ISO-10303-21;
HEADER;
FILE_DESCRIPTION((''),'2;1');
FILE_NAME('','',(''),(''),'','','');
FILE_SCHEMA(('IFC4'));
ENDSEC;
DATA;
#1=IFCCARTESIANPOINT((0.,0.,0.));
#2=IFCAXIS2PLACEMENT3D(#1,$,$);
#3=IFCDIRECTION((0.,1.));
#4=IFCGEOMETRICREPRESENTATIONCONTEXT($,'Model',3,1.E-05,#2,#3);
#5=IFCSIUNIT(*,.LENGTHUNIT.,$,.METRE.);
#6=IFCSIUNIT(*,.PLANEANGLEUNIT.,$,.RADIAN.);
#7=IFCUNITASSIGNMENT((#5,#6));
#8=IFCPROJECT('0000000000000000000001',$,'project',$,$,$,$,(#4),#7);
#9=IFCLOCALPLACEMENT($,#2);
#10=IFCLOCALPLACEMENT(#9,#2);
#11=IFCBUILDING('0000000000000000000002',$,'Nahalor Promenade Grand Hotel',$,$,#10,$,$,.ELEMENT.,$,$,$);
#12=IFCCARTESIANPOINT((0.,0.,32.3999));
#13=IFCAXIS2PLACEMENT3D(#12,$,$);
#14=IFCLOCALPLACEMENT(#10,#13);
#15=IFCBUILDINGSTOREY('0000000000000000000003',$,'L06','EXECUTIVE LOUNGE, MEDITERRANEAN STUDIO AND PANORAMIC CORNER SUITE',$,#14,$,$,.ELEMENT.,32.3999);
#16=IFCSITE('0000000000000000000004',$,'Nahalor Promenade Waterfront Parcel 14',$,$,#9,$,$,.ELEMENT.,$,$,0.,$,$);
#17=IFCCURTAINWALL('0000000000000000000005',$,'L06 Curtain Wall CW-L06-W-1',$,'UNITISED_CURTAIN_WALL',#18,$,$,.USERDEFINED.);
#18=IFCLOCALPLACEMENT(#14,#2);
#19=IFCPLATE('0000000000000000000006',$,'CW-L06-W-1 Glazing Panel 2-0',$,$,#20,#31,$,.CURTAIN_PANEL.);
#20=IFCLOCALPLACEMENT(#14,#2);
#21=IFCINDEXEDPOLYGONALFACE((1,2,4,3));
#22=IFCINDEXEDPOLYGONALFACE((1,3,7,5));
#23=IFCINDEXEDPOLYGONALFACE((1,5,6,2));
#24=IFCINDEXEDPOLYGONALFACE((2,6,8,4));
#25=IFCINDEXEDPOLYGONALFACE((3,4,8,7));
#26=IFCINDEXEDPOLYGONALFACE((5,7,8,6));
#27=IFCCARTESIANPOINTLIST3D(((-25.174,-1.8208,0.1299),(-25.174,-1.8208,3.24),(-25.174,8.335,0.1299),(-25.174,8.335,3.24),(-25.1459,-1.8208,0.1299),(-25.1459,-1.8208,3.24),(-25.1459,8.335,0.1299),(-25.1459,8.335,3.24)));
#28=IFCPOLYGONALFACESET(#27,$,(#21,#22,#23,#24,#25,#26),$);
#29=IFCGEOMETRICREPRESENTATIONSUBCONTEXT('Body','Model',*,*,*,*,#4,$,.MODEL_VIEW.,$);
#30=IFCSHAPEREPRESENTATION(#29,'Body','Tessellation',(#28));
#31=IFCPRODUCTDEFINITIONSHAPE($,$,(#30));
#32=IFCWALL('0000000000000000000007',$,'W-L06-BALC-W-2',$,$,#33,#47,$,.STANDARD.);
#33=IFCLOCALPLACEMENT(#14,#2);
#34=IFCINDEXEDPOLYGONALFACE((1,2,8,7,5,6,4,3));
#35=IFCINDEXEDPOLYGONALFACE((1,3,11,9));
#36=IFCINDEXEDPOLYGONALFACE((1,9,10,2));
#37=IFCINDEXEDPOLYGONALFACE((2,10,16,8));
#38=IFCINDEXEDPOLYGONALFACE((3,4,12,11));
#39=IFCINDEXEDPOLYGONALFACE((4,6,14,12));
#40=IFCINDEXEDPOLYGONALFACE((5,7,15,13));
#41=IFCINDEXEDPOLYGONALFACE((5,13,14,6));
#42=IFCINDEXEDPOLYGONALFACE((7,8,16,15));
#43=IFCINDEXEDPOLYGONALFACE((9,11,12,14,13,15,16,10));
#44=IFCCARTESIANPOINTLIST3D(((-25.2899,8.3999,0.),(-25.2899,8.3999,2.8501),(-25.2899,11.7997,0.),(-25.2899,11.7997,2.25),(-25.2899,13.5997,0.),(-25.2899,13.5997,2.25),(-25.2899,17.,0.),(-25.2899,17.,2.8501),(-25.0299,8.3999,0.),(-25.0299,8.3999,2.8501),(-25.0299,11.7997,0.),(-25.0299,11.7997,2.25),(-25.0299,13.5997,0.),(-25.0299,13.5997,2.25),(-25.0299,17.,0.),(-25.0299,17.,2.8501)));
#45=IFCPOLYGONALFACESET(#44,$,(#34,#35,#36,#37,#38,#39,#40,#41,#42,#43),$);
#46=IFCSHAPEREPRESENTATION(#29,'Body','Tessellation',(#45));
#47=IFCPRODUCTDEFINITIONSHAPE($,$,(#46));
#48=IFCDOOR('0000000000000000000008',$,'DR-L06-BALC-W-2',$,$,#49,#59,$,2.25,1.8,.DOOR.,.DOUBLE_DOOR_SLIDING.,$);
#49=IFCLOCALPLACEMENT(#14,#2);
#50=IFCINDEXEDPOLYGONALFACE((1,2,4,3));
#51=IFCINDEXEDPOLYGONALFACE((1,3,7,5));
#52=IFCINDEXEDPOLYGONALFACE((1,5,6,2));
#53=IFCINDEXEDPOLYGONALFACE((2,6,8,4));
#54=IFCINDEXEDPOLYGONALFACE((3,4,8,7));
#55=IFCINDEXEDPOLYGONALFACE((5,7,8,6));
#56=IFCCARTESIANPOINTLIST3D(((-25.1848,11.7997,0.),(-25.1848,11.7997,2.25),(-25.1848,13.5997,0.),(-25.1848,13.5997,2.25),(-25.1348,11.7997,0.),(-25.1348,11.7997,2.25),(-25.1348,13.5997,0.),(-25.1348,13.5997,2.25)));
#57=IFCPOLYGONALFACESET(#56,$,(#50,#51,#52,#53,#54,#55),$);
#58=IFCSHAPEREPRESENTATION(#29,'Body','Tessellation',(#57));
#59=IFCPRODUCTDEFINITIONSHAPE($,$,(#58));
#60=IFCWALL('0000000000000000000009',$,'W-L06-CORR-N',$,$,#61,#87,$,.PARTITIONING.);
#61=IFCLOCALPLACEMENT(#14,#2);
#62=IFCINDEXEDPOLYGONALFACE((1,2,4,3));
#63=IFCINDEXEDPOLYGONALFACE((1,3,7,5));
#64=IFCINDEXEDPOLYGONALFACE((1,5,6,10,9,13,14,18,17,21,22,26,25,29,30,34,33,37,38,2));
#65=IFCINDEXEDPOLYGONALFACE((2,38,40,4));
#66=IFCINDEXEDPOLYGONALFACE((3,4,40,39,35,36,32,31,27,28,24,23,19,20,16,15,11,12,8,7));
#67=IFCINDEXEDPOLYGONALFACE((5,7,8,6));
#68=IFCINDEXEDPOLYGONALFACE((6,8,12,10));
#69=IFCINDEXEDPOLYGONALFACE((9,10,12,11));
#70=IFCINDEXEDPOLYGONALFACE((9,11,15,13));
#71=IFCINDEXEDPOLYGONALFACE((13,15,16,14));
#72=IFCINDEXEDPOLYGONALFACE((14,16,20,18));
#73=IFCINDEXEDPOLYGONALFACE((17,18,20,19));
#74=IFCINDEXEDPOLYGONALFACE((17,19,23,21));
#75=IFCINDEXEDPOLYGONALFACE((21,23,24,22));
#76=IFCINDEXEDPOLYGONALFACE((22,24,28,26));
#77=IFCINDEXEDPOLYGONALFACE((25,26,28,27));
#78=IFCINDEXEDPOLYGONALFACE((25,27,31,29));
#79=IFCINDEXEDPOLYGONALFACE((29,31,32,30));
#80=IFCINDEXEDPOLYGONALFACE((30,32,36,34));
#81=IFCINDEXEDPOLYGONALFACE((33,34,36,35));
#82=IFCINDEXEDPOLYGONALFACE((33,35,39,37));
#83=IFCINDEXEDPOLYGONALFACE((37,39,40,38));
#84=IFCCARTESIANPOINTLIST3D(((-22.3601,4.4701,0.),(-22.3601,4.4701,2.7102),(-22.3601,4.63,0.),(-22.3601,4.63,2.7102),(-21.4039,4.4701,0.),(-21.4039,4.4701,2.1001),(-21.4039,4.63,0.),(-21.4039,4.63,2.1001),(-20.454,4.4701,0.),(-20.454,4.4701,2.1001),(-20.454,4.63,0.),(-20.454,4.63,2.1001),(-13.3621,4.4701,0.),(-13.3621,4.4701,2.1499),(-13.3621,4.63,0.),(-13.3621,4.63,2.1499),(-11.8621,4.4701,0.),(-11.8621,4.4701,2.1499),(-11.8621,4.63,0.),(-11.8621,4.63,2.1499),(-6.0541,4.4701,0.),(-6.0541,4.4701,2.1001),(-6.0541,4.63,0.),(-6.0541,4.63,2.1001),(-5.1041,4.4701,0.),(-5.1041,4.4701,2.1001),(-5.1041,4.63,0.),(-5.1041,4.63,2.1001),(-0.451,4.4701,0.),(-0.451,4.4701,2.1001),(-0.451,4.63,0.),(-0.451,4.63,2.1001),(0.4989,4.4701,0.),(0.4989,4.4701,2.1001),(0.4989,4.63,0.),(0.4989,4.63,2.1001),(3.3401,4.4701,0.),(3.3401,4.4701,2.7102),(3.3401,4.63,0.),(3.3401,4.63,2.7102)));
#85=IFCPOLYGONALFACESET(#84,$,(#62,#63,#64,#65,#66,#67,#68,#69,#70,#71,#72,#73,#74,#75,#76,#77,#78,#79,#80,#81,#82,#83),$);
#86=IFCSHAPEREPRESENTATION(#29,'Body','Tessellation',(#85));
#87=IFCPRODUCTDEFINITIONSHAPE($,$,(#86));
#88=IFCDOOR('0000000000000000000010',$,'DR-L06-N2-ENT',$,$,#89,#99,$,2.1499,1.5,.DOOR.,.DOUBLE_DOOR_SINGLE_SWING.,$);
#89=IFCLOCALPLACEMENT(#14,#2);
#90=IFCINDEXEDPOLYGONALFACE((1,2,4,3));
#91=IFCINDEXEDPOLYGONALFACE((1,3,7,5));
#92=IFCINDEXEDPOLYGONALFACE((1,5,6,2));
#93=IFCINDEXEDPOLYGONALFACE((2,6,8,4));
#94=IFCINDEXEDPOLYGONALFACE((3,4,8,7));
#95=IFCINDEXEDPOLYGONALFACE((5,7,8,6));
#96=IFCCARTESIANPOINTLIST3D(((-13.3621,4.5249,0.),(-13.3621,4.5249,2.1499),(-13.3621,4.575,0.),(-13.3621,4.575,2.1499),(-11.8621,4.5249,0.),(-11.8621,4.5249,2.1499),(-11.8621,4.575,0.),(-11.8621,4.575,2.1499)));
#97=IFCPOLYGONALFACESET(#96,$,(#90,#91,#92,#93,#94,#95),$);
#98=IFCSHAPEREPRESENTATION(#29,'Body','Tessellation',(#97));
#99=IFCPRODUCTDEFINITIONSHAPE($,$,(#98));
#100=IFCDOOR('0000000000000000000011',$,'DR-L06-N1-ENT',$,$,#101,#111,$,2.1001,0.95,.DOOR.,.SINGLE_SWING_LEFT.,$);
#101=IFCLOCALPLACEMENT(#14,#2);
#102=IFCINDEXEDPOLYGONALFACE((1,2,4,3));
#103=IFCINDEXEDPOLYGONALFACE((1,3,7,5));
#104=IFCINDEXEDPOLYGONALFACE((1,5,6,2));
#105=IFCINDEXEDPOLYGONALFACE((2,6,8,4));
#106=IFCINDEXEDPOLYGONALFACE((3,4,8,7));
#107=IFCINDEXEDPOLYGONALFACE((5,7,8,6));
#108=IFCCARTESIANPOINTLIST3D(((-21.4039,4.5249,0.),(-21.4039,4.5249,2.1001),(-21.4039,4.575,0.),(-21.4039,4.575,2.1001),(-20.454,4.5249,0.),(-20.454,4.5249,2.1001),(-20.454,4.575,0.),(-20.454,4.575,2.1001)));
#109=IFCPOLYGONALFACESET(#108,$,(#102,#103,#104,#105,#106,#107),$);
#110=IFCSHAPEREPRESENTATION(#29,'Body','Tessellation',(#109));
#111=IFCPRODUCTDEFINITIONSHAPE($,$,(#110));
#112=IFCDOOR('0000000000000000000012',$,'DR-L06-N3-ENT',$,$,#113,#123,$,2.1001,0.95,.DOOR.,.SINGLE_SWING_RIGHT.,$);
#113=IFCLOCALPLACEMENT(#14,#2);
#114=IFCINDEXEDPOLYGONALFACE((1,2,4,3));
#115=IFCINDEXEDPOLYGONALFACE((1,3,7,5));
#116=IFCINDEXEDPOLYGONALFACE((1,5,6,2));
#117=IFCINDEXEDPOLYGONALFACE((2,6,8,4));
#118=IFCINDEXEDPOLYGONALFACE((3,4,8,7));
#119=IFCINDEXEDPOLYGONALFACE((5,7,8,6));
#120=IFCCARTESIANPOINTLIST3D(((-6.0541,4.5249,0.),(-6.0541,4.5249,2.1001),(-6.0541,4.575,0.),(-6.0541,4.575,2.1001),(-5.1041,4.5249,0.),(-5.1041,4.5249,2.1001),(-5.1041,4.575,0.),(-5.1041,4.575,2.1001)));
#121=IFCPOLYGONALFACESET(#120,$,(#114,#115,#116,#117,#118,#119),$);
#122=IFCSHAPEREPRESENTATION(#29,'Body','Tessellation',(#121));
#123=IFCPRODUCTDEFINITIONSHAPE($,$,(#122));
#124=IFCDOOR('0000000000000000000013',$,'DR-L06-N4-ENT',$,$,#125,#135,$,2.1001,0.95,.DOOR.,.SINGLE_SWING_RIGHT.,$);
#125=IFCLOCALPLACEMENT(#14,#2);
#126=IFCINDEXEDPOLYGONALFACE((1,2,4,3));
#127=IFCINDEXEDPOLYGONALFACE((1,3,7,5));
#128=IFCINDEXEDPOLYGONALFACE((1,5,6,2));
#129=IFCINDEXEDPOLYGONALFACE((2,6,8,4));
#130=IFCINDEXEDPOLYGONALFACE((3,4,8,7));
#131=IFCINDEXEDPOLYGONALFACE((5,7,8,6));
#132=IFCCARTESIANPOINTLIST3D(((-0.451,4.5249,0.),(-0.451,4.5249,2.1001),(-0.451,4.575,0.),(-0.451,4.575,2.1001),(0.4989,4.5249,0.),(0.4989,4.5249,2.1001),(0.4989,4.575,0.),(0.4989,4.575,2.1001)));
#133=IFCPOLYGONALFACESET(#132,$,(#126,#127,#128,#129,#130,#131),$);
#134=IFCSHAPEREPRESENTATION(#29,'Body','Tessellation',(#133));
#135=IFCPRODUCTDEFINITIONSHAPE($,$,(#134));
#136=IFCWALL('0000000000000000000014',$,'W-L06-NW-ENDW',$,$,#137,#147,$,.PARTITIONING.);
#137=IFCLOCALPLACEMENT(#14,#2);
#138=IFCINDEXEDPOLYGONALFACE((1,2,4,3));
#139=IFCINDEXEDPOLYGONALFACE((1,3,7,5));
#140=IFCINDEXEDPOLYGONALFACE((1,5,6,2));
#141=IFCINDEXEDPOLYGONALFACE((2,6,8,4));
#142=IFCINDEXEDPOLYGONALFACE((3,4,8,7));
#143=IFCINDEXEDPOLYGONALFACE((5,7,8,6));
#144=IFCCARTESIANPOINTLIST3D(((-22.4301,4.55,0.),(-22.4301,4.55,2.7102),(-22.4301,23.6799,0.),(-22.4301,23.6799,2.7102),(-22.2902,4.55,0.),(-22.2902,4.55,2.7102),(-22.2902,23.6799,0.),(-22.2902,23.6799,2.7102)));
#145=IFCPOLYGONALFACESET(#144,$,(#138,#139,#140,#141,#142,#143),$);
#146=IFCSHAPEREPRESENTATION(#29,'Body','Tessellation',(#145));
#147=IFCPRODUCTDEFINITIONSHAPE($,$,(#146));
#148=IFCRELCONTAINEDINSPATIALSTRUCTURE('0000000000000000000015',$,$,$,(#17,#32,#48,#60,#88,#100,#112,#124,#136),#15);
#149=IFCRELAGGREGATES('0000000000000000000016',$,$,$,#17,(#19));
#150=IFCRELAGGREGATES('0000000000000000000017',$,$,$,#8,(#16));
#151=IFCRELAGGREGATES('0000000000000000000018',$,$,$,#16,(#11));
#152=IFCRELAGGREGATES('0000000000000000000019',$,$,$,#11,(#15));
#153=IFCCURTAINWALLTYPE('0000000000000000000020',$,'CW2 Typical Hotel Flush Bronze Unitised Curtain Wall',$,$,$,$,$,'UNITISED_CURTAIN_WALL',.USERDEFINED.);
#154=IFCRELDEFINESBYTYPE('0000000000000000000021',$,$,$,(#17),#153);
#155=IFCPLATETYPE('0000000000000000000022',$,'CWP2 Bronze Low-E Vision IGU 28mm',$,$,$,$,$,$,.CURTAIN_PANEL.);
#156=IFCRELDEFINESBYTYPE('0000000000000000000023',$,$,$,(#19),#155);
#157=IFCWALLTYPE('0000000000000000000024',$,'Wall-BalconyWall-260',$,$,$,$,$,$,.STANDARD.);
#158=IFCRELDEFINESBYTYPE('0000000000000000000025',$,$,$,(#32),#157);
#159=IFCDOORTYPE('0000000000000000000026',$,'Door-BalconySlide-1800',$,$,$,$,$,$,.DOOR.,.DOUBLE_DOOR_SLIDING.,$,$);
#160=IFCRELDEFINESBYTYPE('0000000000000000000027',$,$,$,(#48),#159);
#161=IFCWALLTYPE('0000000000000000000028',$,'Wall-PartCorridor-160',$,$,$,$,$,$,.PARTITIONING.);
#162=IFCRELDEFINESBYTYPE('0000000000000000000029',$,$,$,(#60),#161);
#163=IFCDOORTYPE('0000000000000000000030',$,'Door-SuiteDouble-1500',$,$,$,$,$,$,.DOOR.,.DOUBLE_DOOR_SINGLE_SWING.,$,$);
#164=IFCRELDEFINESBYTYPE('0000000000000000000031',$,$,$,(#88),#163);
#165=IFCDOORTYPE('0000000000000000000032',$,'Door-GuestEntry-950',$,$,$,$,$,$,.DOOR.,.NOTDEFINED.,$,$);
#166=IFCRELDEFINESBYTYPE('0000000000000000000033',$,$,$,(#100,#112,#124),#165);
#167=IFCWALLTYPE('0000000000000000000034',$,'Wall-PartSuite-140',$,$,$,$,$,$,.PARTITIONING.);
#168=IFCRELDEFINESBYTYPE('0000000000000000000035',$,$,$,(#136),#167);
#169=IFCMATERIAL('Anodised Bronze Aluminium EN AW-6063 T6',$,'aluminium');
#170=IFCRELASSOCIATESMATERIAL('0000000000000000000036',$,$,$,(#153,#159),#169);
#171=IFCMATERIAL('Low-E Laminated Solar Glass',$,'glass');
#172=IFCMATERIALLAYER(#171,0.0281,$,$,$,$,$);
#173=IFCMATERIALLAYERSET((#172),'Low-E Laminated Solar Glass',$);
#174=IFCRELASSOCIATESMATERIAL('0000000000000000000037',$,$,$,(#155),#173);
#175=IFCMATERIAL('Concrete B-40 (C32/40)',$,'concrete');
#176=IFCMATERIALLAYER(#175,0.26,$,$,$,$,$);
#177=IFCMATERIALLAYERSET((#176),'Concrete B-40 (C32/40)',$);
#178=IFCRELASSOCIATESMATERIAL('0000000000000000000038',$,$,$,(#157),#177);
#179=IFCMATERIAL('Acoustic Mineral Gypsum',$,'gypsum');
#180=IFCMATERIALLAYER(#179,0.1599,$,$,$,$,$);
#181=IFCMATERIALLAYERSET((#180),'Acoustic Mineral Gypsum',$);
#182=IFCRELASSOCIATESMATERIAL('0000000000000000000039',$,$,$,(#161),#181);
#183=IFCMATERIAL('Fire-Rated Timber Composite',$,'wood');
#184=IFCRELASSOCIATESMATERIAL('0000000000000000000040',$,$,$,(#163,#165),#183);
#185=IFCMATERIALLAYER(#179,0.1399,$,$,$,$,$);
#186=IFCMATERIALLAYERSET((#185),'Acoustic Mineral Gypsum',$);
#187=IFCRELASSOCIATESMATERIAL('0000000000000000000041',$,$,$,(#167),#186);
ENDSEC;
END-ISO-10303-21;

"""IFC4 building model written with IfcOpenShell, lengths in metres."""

from ifc_helpers import new_model, si_unit, direction, frame, frame_2d, origin, origin_2d, place, context, subcontext, project, spatial, rectangle, extrude, source, transform, mapped, material, layer, layer_set, type_object, element, fill, aggregate, save


model = new_model("IFC4")

# Units and contexts
model_context = context("Model", 3, precision=1e-05, world=origin(), true_north=direction((0.0, 1.0)))
body_context = subcontext(model_context, "Body", "Model", "MODEL_VIEW")
ifc_project = project(units=[si_unit("LENGTHUNIT", "METRE"), si_unit("PLANEANGLEUNIT", "RADIAN")], contexts=[model_context])

# Site, building, storey
site_placement = place(None, origin())
site = spatial("IfcSite", under=ifc_project, at=site_placement, Name="Nahalor Promenade Waterfront Parcel 14", CompositionType="ELEMENT", RefElevation=0.0)
building_placement = place(site_placement, origin())
building = spatial("IfcBuilding", under=site, at=building_placement, Name="Nahalor Promenade Grand Hotel", CompositionType="ELEMENT")
storey_placement = place(building_placement, frame((0.0, 0.0, 32.3999)))
storey = spatial("IfcBuildingStorey", under=building, at=storey_placement, Name="L06", Description="EXECUTIVE LOUNGE, MEDITERRANEAN STUDIO AND PANORAMIC CORNER SUITE", CompositionType="ELEMENT", Elevation=32.3999)

# Curtain wall, plate
ifc_material_1 = material(Name="Anodised Bronze Aluminium EN AW-6063 T6", Category="aluminium")
curtain_wall_type = type_object("IfcCurtainWallType", Name="CW2 Typical Hotel Flush Bronze Unitised Curtain Wall", ElementType="UNITISED_CURTAIN_WALL", PredefinedType="USERDEFINED", material=ifc_material_1)
curtain_wall_placement = place(storey_placement, origin())
curtain_wall = element("IfcCurtainWall", 1, at=curtain_wall_placement, inside=storey, type_object=curtain_wall_type, Name="L06 Curtain Wall CW-L06-W-1", ObjectType="UNITISED_CURTAIN_WALL", PredefinedType="USERDEFINED")
ifc_material_2 = material(Name="Low-E Laminated Solar Glass", Category="glass")
ifc_layer_1 = layer(ifc_material_2, 0.0281)
ifc_layer_set_1 = layer_set([ifc_layer_1], Name="Low-E Laminated Solar Glass")
plate_type = type_object("IfcPlateType", Name="CWP2 Bronze Low-E Vision IGU 28mm", PredefinedType="CURTAIN_PANEL", material=ifc_layer_set_1)
shared_shape_1 = source(origin(), body_context, "Body", "SweptSolid", [
    extrude(rectangle(XDim=10.1558, YDim=0.0281, at=origin_2d()), origin(), (0.0, 0.0, 1.0), 3.1101),
])
plate_placement = place(storey_placement, frame((-25.1599, 3.2571, 0.1299), z_axis=(0.0, 0.0, 1.0), x_axis=(0.0, 1.0, 0.0)))
plate = element("IfcPlate", 2, at=plate_placement, type_object=plate_type, Name="CW-L06-W-1 Glazing Panel 2-0", PredefinedType="CURTAIN_PANEL", context=body_context, shape_type="MappedRepresentation", body=[
    mapped(shared_shape_1, transform((0.0, 0.0, 0.0), scale=1.0)),
])
aggregate(curtain_wall, [plate])

# Wall, opening, door
ifc_material_3 = material(Name="Concrete B-40 (C32/40)", Category="concrete")
ifc_layer_2 = layer(ifc_material_3, 0.26)
ifc_layer_set_2 = layer_set([ifc_layer_2], Name="Concrete B-40 (C32/40)")
wall_type_1 = type_object("IfcWallType", Name="Wall-BalconyWall-260", PredefinedType="STANDARD", material=ifc_layer_set_2)
shared_shape_2 = source(origin(), body_context, "Body", "SweptSolid", [
    extrude(rectangle(XDim=8.6001, YDim=0.26, at=frame_2d((4.3, 0.0))), origin(), (0.0, 0.0, 1.0), 2.8501),
])
wall_1_placement = place(storey_placement, frame((-25.1599, 8.3999, 0.0), z_axis=(0.0, 0.0, 1.0), x_axis=(0.0, 1.0, 0.0)))
wall_1 = element("IfcWall", 3, at=wall_1_placement, inside=storey, type_object=wall_type_1, Name="W-L06-BALC-W-2", PredefinedType="STANDARD", context=body_context, shape_type="MappedRepresentation", body=[
    mapped(shared_shape_2, transform((0.0, 0.0, 0.0), scale=1.0)),
])
opening_1_placement = place(wall_1_placement, frame((3.3999, 0.0, 0.0)))
opening_1 = element("IfcOpeningElement", 4, at=opening_1_placement, cuts=wall_1, PredefinedType="OPENING", context=body_context, shape_type="SweptSolid", body=[
    extrude(rectangle(XDim=1.8, YDim=2.25, at=frame_2d((0.8999, 1.125))), frame((0.0, 0.1399, 0.0), z_axis=(0.0, -1.0, 0.0), x_axis=(1.0, 0.0, 0.0)), (0.0, 0.0, 1.0), 0.28),
])
door_type_1 = type_object("IfcDoorType", Name="Door-BalconySlide-1800", OperationType="DOUBLE_DOOR_SLIDING", PredefinedType="DOOR", material=ifc_material_1)
shared_shape_3 = source(origin(), body_context, "Body", "SweptSolid", [
    extrude(rectangle(XDim=1.8, YDim=2.25, at=frame_2d((0.8999, 1.125))), frame((0.0, 0.0249, 0.0), z_axis=(0.0, -1.0, 0.0), x_axis=(1.0, 0.0, 0.0)), (0.0, 0.0, 1.0), 0.05),
])
door_1_placement = place(opening_1_placement, origin())
door_1 = element("IfcDoor", 5, at=door_1_placement, inside=storey, type_object=door_type_1, Name="DR-L06-BALC-W-2", OperationType="DOUBLE_DOOR_SLIDING", OverallHeight=2.25, OverallWidth=1.8, PredefinedType="DOOR", context=body_context, shape_type="MappedRepresentation", body=[
    mapped(shared_shape_3, transform((0.0, 0.0, 0.0), scale=1.0)),
])
fill(opening_1, door_1)

# Wall, openings, doors
ifc_material_4 = material(Name="Acoustic Mineral Gypsum", Category="gypsum")
ifc_layer_3 = layer(ifc_material_4, 0.1599)
ifc_layer_set_3 = layer_set([ifc_layer_3], Name="Acoustic Mineral Gypsum")
wall_type_2 = type_object("IfcWallType", Name="Wall-PartCorridor-160", PredefinedType="PARTITIONING", material=ifc_layer_set_3)
shared_shape_4 = source(origin(), body_context, "Body", "SweptSolid", [
    extrude(rectangle(XDim=25.7002, YDim=0.1599, at=frame_2d((12.8501, 0.0))), origin(), (0.0, 0.0, 1.0), 2.7102),
])
wall_2_placement = place(storey_placement, frame((-22.3601, 4.55, 0.0), z_axis=(0.0, 0.0, 1.0), x_axis=(1.0, 0.0, 0.0)))
wall_2 = element("IfcWall", 6, at=wall_2_placement, inside=storey, type_object=wall_type_2, Name="W-L06-CORR-N", PredefinedType="PARTITIONING", context=body_context, shape_type="MappedRepresentation", body=[
    mapped(shared_shape_4, transform((0.0, 0.0, 0.0), scale=1.0)),
])
opening_2_placement = place(wall_2_placement, frame((0.9561, 0.0, 0.0)))
opening_2 = element("IfcOpeningElement", 7, at=opening_2_placement, cuts=wall_2, PredefinedType="OPENING", context=body_context, shape_type="SweptSolid", body=[
    extrude(rectangle(XDim=0.95, YDim=2.1001, at=frame_2d((0.4751, 1.05))), frame((0.0, 0.0898, 0.0), z_axis=(0.0, -1.0, 0.0), x_axis=(1.0, 0.0, 0.0)), (0.0, 0.0, 1.0), 0.1799),
])
opening_3_placement = place(wall_2_placement, frame((8.998, 0.0, 0.0)))
opening_3 = element("IfcOpeningElement", 8, at=opening_3_placement, cuts=wall_2, PredefinedType="OPENING", context=body_context, shape_type="SweptSolid", body=[
    extrude(rectangle(XDim=1.5, YDim=2.1499, at=frame_2d((0.75, 1.075))), frame((0.0, 0.0898, 0.0), z_axis=(0.0, -1.0, 0.0), x_axis=(1.0, 0.0, 0.0)), (0.0, 0.0, 1.0), 0.1799),
])
opening_4_placement = place(wall_2_placement, frame((16.3059, 0.0, 0.0)))
opening_4 = element("IfcOpeningElement", 9, at=opening_4_placement, cuts=wall_2, PredefinedType="OPENING", context=body_context, shape_type="SweptSolid", body=[
    extrude(rectangle(XDim=0.95, YDim=2.1001, at=frame_2d((0.4751, 1.05))), frame((0.0, 0.0898, 0.0), z_axis=(0.0, -1.0, 0.0), x_axis=(1.0, 0.0, 0.0)), (0.0, 0.0, 1.0), 0.1799),
])
opening_5_placement = place(wall_2_placement, frame((21.9089, 0.0, 0.0)))
opening_5 = element("IfcOpeningElement", 10, at=opening_5_placement, cuts=wall_2, PredefinedType="OPENING", context=body_context, shape_type="SweptSolid", body=[
    extrude(rectangle(XDim=0.95, YDim=2.1001, at=frame_2d((0.4751, 1.05))), frame((0.0, 0.0898, 0.0), z_axis=(0.0, -1.0, 0.0), x_axis=(1.0, 0.0, 0.0)), (0.0, 0.0, 1.0), 0.1799),
])
ifc_material_5 = material(Name="Fire-Rated Timber Composite", Category="wood")
door_type_2 = type_object("IfcDoorType", Name="Door-SuiteDouble-1500", OperationType="DOUBLE_DOOR_SINGLE_SWING", PredefinedType="DOOR", material=ifc_material_5)
shared_shape_5 = source(origin(), body_context, "Body", "SweptSolid", [
    extrude(rectangle(XDim=1.5, YDim=2.1499, at=frame_2d((0.75, 1.075))), frame((0.0, 0.0249, 0.0), z_axis=(0.0, -1.0, 0.0), x_axis=(1.0, 0.0, 0.0)), (0.0, 0.0, 1.0), 0.05),
])
door_2_placement = place(opening_3_placement, origin())
door_2 = element("IfcDoor", 11, at=door_2_placement, inside=storey, type_object=door_type_2, Name="DR-L06-N2-ENT", OperationType="DOUBLE_DOOR_SINGLE_SWING", OverallHeight=2.1499, OverallWidth=1.5, PredefinedType="DOOR", context=body_context, shape_type="MappedRepresentation", body=[
    mapped(shared_shape_5, transform((0.0, 0.0, 0.0), scale=1.0)),
])
fill(opening_3, door_2)
door_type_3 = type_object("IfcDoorType", Name="Door-GuestEntry-950", OperationType="NOTDEFINED", PredefinedType="DOOR", material=ifc_material_5)
shared_shape_6 = source(origin(), body_context, "Body", "SweptSolid", [
    extrude(rectangle(XDim=0.95, YDim=2.1001, at=frame_2d((0.4751, 1.05))), frame((0.0, 0.0249, 0.0), z_axis=(0.0, -1.0, 0.0), x_axis=(1.0, 0.0, 0.0)), (0.0, 0.0, 1.0), 0.05),
])
door_3_placement = place(opening_2_placement, origin())
door_3 = element("IfcDoor", 12, at=door_3_placement, inside=storey, type_object=door_type_3, Name="DR-L06-N1-ENT", OperationType="SINGLE_SWING_LEFT", OverallHeight=2.1001, OverallWidth=0.95, PredefinedType="DOOR", context=body_context, shape_type="MappedRepresentation", body=[
    mapped(shared_shape_6, transform((0.0, 0.0, 0.0), scale=1.0)),
])
fill(opening_2, door_3)
door_4_placement = place(opening_4_placement, origin())
door_4 = element("IfcDoor", 13, at=door_4_placement, inside=storey, type_object=door_type_3, Name="DR-L06-N3-ENT", OperationType="SINGLE_SWING_RIGHT", OverallHeight=2.1001, OverallWidth=0.95, PredefinedType="DOOR", context=body_context, shape_type="MappedRepresentation", body=[
    mapped(shared_shape_6, transform((0.0, 0.0, 0.0), scale=1.0)),
])
fill(opening_4, door_4)
door_5_placement = place(opening_5_placement, origin())
door_5 = element("IfcDoor", 14, at=door_5_placement, inside=storey, type_object=door_type_3, Name="DR-L06-N4-ENT", OperationType="SINGLE_SWING_RIGHT", OverallHeight=2.1001, OverallWidth=0.95, PredefinedType="DOOR", context=body_context, shape_type="MappedRepresentation", body=[
    mapped(shared_shape_6, transform((0.0, 0.0, 0.0), scale=1.0)),
])
fill(opening_5, door_5)

# Wall
ifc_layer_4 = layer(ifc_material_4, 0.1399)
ifc_layer_set_4 = layer_set([ifc_layer_4], Name="Acoustic Mineral Gypsum")
wall_type_3 = type_object("IfcWallType", Name="Wall-PartSuite-140", PredefinedType="PARTITIONING", material=ifc_layer_set_4)
shared_shape_7 = source(origin(), body_context, "Body", "SweptSolid", [
    extrude(rectangle(XDim=19.1299, YDim=0.1399, at=frame_2d((9.5649, 0.0))), origin(), (0.0, 0.0, 1.0), 2.7102),
])
wall_3_placement = place(storey_placement, frame((-22.3601, 4.55, 0.0), z_axis=(0.0, 0.0, 1.0), x_axis=(0.0, 1.0, 0.0)))
element("IfcWall", 15, at=wall_3_placement, inside=storey, type_object=wall_type_3, Name="W-L06-NW-ENDW", PredefinedType="PARTITIONING", context=body_context, shape_type="MappedRepresentation", body=[
    mapped(shared_shape_7, transform((0.0, 0.0, 0.0), scale=1.0)),
])

save(model, "model.ifc")
